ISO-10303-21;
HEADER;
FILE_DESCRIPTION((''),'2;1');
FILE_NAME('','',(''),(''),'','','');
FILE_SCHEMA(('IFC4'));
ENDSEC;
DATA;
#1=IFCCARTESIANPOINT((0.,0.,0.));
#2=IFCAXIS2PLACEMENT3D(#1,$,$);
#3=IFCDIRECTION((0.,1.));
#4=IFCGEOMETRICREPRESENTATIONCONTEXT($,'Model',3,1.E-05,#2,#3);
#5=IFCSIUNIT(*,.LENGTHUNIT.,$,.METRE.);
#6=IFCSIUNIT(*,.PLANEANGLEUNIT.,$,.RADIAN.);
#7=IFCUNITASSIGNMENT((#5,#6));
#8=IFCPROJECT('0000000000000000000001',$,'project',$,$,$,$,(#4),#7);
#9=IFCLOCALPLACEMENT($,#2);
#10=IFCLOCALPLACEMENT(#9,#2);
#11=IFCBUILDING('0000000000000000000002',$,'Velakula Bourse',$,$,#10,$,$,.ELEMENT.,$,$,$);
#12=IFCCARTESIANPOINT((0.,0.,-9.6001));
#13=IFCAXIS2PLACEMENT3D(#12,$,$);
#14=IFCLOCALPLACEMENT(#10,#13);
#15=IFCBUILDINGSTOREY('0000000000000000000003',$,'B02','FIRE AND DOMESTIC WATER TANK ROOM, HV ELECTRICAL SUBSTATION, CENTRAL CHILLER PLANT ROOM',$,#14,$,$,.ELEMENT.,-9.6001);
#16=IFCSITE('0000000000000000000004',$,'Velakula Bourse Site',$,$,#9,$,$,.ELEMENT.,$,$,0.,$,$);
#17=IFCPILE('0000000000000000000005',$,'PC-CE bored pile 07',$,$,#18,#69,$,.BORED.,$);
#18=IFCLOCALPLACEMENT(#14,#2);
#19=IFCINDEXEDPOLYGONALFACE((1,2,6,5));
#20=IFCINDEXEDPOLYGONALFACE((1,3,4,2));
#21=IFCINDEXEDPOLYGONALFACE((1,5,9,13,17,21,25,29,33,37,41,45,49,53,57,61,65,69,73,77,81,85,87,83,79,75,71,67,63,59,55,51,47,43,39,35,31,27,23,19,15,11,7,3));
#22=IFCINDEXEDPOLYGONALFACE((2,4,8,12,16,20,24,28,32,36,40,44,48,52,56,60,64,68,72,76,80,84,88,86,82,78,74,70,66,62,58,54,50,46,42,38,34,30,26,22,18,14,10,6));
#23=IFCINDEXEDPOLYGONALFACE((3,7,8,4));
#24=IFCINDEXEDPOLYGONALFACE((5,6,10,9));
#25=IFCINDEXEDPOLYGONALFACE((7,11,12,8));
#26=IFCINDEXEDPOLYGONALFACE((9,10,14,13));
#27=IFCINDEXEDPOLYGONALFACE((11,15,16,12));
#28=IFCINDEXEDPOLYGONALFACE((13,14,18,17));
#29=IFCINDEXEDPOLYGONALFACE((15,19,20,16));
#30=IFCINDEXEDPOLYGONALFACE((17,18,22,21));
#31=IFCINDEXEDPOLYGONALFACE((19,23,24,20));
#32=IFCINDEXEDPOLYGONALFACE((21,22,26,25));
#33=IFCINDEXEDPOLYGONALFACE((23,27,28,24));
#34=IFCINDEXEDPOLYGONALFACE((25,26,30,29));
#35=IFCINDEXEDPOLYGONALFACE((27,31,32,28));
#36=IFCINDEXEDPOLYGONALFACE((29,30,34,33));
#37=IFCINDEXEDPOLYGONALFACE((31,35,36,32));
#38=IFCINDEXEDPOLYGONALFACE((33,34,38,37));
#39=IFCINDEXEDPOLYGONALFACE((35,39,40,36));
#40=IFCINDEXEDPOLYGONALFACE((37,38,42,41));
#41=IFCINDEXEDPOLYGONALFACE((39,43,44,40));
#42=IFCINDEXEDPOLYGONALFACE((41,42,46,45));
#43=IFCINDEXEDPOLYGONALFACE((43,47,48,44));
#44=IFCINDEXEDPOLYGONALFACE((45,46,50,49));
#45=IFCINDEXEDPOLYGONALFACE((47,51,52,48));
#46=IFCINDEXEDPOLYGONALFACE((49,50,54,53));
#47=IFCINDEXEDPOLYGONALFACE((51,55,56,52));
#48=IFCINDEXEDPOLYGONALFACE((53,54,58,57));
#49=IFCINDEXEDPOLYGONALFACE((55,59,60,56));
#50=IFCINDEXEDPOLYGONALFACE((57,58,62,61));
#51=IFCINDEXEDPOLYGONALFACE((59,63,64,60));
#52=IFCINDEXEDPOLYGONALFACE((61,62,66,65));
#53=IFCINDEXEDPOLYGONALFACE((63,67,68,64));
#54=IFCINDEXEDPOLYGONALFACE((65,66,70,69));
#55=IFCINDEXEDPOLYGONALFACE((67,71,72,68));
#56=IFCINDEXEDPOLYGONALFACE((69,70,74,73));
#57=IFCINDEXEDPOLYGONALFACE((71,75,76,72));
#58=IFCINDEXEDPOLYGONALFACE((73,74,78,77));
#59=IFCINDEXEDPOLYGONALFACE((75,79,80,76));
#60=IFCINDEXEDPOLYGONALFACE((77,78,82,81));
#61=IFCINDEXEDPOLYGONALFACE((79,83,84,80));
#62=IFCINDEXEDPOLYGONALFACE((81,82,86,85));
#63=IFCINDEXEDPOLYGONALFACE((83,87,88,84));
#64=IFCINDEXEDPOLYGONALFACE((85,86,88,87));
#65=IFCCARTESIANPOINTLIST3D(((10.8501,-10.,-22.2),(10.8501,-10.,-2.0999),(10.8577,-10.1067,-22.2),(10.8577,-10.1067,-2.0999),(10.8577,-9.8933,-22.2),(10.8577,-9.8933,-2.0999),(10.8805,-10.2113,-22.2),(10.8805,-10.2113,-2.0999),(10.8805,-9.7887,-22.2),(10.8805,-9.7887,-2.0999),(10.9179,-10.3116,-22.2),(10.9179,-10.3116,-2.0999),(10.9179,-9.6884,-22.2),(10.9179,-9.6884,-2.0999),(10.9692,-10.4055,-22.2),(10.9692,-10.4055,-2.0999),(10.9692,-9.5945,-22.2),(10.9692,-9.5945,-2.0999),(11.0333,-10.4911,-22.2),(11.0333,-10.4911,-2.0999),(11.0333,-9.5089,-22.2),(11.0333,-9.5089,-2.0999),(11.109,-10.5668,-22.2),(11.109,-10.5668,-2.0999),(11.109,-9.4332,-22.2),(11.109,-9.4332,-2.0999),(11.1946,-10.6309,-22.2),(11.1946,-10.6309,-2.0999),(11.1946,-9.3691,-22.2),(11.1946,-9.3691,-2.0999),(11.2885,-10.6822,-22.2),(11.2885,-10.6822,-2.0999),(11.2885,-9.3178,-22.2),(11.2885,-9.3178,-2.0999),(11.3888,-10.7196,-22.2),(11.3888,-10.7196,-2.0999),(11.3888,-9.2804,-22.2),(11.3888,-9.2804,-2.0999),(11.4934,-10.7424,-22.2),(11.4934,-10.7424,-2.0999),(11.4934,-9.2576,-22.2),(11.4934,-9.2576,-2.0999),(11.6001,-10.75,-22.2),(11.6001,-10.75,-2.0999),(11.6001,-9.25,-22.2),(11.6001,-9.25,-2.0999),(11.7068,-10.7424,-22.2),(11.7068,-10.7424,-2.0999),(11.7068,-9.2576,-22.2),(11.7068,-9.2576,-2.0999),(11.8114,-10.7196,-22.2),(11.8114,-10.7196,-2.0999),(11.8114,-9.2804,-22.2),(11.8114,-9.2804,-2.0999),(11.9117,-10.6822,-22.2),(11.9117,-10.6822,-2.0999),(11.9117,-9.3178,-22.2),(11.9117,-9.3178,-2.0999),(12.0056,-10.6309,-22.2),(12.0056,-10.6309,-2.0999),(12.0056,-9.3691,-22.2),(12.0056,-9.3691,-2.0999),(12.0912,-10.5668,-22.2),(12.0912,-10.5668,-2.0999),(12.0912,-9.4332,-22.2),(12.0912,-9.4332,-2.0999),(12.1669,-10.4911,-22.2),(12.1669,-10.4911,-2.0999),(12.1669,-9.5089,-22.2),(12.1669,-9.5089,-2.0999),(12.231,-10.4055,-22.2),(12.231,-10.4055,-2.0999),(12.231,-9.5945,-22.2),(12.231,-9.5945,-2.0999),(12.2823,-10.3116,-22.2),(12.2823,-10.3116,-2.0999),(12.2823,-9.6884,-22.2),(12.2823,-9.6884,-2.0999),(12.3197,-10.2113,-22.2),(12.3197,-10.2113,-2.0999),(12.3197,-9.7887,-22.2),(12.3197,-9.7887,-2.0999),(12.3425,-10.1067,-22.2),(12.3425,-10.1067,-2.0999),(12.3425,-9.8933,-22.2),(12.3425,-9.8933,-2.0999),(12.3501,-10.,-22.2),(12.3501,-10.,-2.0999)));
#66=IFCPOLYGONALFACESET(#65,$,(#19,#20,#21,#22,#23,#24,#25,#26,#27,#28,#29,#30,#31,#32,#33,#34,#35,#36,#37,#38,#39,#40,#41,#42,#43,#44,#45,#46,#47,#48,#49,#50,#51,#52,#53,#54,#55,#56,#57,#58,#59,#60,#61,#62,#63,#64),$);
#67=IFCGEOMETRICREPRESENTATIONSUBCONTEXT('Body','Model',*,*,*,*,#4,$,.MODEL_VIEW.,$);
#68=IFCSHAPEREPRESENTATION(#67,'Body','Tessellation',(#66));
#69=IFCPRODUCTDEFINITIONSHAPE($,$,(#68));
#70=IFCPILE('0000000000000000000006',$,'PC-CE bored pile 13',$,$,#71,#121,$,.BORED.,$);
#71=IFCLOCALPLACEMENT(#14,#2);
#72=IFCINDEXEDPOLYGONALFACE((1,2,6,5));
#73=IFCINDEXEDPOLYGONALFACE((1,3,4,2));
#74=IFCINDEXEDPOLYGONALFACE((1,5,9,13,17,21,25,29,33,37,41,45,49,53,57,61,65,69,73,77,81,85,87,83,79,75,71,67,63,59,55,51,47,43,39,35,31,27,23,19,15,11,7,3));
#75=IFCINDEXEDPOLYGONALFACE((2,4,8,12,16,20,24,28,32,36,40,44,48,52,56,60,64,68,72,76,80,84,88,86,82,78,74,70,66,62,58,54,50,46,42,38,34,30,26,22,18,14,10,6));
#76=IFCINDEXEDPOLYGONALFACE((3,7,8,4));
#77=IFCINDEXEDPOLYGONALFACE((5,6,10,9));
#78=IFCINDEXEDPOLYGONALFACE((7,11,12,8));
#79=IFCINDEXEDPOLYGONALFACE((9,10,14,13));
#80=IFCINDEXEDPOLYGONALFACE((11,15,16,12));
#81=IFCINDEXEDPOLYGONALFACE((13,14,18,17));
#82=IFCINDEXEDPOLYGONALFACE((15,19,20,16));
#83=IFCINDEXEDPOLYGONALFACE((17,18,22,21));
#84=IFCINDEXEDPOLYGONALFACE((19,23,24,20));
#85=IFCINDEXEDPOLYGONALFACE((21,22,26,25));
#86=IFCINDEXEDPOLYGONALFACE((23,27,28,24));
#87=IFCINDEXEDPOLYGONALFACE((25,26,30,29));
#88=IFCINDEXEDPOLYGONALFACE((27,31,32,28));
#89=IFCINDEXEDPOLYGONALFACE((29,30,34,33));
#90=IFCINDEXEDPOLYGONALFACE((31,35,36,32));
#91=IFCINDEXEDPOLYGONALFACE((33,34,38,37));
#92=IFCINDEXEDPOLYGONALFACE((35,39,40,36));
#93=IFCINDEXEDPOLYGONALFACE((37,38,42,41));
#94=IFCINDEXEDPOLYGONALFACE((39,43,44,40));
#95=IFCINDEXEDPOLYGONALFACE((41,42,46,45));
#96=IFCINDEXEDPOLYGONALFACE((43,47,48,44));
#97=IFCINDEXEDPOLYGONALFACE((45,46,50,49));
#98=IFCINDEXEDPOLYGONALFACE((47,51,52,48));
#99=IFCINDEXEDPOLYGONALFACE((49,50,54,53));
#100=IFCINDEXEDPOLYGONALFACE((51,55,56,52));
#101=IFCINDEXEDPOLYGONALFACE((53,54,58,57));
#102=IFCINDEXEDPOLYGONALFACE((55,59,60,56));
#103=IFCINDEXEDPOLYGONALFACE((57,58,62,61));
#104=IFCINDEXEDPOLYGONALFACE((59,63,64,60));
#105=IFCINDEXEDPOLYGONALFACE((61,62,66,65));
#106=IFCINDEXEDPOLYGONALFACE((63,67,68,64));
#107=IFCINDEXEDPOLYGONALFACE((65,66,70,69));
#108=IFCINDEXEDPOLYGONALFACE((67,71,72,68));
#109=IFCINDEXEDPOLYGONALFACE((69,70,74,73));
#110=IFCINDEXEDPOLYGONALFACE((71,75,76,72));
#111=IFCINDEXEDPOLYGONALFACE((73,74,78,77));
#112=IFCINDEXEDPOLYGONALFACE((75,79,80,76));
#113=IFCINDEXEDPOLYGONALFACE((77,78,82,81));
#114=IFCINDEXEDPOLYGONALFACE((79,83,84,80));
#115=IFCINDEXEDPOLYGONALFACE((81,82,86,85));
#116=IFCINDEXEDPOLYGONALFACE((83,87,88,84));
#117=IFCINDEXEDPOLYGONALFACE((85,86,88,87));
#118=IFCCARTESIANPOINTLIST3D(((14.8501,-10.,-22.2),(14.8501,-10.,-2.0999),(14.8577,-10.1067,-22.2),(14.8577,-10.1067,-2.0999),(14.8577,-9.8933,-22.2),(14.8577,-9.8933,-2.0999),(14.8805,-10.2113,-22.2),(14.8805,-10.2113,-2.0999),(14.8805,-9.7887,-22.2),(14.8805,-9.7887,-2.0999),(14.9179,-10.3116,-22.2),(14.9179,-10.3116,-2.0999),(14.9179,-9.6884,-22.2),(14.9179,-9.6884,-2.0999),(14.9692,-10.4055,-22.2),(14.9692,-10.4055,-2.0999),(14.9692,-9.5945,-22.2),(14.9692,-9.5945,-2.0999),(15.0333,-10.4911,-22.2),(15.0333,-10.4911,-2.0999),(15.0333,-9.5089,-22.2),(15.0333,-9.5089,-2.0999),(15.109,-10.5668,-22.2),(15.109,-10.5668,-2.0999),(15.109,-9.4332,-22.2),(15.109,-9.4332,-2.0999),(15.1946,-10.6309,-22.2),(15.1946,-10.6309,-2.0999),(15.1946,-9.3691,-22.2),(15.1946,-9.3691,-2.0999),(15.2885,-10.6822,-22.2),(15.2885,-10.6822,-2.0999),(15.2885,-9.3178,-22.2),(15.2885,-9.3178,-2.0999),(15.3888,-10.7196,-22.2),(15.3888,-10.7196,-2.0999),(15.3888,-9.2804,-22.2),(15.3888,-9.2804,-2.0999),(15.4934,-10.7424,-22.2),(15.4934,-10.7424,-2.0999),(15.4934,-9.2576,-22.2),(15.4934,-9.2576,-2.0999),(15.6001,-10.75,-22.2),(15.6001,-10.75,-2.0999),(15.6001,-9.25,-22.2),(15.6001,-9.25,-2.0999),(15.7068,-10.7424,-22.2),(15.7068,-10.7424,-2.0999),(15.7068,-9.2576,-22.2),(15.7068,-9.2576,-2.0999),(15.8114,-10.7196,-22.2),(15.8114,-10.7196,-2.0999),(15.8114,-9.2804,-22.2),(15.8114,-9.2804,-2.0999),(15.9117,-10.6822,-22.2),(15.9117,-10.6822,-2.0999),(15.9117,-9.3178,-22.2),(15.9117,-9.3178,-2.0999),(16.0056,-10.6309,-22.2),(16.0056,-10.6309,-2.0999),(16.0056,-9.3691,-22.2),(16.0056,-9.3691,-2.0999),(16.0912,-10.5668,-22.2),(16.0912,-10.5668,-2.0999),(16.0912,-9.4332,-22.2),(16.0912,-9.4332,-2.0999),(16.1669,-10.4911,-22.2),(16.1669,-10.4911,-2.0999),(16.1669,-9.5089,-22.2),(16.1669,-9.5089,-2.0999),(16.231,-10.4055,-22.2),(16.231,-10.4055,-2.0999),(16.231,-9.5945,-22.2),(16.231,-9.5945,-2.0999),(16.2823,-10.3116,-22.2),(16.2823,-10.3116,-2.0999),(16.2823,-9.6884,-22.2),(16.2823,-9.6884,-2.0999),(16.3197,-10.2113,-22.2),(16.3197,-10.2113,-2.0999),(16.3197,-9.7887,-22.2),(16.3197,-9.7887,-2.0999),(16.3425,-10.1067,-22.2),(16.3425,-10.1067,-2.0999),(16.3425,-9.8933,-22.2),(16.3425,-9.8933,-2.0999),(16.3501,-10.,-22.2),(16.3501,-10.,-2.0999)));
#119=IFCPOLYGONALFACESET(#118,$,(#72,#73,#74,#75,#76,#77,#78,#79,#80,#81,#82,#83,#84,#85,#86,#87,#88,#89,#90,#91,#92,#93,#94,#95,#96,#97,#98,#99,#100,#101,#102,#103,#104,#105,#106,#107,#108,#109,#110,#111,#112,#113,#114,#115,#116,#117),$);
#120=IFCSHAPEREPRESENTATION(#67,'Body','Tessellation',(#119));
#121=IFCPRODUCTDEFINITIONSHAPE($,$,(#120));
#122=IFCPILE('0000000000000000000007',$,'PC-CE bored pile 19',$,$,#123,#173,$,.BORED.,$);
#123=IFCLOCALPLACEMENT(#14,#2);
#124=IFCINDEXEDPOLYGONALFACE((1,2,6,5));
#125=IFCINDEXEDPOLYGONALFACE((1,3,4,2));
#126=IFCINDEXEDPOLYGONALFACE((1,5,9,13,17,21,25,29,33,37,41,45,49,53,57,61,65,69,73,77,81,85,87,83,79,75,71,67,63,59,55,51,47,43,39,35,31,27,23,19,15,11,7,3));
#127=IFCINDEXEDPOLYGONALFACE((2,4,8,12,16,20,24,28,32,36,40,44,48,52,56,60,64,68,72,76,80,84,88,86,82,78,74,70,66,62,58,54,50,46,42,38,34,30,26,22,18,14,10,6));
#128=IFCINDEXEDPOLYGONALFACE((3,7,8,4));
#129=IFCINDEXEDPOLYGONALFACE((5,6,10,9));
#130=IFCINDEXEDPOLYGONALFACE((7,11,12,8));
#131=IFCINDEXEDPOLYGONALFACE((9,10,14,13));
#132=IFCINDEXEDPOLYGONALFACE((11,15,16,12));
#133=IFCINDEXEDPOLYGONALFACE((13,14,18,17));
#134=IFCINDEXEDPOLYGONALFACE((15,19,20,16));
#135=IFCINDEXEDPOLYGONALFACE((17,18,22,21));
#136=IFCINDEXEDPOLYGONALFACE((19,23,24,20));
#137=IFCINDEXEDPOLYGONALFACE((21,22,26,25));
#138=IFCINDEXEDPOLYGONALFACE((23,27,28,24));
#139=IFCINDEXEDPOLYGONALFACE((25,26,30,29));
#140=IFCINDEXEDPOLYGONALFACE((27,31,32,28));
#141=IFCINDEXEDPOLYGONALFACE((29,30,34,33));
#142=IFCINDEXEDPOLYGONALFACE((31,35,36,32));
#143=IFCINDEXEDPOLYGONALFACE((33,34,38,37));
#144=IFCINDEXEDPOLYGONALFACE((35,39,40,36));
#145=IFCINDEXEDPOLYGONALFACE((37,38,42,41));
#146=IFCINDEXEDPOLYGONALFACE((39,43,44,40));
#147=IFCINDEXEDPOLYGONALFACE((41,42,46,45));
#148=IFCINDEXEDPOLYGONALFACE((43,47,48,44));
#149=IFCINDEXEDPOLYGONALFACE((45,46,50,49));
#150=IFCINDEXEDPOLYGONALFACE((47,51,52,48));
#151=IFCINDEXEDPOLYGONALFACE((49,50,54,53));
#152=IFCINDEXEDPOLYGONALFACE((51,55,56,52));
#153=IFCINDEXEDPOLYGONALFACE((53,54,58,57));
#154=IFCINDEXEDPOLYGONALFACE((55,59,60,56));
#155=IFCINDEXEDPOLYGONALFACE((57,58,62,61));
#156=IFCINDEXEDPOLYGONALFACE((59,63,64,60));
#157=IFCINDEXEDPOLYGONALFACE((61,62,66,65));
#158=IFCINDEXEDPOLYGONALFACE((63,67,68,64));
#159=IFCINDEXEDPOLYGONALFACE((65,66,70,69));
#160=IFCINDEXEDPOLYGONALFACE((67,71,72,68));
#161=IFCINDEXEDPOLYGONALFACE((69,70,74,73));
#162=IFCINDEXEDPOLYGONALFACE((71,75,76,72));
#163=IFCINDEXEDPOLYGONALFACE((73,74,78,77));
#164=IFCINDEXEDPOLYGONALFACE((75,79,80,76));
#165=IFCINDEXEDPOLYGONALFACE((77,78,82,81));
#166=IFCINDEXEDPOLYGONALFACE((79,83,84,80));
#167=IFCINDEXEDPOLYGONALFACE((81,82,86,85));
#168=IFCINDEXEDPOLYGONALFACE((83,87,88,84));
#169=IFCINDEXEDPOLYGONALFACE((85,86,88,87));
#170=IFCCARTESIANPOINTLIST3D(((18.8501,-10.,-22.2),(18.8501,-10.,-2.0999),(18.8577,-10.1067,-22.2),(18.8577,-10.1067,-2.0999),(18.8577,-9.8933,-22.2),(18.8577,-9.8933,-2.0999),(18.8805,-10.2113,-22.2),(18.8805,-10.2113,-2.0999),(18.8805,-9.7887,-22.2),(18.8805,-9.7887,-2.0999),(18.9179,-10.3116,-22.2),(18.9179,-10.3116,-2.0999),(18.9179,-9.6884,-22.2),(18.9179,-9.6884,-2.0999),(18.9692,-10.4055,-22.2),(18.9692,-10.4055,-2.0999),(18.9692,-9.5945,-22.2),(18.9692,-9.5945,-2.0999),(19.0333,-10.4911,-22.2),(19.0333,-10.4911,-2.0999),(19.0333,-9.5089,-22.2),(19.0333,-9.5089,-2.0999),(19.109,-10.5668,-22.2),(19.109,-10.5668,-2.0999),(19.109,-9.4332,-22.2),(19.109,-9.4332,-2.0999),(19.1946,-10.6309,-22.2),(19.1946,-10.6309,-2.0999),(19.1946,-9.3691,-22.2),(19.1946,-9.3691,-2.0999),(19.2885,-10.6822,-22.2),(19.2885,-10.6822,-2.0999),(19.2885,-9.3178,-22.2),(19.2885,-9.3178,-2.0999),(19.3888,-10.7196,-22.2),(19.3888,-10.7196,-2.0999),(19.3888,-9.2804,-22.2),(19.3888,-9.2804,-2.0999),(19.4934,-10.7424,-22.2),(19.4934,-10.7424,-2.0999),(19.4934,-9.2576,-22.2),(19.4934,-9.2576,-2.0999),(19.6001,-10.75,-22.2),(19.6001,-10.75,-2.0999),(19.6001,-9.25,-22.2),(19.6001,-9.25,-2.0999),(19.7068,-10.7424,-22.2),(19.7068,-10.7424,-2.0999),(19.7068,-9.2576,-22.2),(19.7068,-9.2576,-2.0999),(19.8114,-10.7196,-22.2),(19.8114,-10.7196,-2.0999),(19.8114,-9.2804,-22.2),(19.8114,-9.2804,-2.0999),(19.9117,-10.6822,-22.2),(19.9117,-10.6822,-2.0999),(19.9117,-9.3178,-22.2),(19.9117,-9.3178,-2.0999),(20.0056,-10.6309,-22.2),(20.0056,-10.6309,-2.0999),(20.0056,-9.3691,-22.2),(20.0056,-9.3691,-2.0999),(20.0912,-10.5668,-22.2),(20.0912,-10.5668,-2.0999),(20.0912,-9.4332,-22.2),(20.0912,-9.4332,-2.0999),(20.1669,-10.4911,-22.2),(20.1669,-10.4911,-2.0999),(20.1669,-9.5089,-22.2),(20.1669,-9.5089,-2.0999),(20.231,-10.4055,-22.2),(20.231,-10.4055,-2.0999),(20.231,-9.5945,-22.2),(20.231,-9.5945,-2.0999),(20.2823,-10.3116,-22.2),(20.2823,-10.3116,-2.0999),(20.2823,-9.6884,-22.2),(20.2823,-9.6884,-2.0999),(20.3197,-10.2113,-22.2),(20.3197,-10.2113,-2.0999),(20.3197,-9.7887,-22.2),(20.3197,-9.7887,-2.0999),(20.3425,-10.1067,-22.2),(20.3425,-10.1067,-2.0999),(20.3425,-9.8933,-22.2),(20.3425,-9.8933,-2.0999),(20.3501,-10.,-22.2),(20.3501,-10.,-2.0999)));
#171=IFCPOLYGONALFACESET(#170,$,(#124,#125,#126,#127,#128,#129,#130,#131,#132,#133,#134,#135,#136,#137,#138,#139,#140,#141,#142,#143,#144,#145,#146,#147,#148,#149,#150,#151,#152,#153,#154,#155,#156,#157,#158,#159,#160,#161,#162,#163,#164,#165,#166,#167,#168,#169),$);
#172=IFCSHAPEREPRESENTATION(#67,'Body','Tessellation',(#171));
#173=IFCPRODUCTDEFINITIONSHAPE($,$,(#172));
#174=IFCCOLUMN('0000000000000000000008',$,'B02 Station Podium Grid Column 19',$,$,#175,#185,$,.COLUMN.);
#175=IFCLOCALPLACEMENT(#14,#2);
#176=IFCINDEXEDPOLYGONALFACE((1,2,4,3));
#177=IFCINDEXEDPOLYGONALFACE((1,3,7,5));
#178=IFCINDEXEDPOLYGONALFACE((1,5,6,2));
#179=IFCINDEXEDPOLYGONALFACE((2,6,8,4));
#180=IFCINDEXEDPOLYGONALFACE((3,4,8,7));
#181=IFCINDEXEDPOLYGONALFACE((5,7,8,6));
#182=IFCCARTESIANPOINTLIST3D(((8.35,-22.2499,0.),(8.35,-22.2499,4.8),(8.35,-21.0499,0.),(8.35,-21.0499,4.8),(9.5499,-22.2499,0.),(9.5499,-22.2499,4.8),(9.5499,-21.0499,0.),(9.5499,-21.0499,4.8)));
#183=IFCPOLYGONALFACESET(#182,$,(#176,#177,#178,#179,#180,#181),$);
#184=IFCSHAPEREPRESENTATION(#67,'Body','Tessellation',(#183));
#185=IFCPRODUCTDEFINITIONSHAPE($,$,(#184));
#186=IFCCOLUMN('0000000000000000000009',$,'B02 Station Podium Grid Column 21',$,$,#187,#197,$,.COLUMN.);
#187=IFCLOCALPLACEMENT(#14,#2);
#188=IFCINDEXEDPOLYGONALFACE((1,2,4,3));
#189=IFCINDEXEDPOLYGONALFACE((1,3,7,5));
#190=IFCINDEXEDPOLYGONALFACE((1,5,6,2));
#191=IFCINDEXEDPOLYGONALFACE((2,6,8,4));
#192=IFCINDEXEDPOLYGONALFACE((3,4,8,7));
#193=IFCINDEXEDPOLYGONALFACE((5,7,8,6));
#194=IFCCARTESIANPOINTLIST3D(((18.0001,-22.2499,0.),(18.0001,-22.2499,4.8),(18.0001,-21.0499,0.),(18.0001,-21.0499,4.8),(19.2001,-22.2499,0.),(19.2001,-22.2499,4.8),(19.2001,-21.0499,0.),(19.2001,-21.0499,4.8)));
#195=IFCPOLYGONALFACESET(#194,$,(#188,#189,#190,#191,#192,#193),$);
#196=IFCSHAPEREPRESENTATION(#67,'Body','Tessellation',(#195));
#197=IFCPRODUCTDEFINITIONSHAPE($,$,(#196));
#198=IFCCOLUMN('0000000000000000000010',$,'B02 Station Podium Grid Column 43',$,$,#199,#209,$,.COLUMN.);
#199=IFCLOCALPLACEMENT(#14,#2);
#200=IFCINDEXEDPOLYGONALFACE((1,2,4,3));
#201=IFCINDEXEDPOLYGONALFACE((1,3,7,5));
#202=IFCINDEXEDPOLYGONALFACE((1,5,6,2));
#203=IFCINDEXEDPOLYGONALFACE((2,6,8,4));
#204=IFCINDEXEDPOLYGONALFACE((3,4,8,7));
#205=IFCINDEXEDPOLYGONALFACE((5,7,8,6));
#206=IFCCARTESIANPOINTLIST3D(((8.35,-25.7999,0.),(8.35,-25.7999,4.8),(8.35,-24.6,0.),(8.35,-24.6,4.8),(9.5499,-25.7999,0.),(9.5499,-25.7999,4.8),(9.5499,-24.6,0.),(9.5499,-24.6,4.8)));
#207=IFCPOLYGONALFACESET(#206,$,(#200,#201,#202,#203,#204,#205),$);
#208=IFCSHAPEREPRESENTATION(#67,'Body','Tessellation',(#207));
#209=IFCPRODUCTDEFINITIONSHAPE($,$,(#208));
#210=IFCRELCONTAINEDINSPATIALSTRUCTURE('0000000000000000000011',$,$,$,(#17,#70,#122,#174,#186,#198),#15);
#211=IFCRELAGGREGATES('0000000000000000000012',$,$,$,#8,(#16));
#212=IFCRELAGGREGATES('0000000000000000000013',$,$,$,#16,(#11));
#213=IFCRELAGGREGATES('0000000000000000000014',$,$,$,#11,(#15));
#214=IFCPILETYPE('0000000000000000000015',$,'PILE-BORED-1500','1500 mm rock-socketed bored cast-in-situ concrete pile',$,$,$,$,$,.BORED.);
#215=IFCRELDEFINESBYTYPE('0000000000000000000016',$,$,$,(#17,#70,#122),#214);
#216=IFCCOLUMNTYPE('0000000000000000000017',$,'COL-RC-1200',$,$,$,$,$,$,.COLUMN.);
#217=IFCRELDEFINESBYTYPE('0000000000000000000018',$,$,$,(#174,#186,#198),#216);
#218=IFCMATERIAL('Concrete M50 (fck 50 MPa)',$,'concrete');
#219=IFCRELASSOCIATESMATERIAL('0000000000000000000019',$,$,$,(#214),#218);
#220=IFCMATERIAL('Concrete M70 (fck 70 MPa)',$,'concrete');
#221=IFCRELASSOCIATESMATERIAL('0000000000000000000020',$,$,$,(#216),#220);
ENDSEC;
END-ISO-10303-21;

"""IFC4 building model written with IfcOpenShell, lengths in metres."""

from ifc_helpers import new_model, si_unit, direction, frame, origin, origin_2d, place, context, subcontext, project, spatial, rectangle, circle, extrude, material, material_profile, profile_set, type_object, element, save


model = new_model("IFC4")

# Units and contexts
model_context = context("Model", 3, precision=1e-05, world=origin(), true_north=direction((0.0, 1.0)))
body_context = subcontext(model_context, "Body", "Model", "MODEL_VIEW")
ifc_project = project(units=[si_unit("LENGTHUNIT", "METRE"), si_unit("PLANEANGLEUNIT", "RADIAN")], contexts=[model_context])

# Site, building, storey
site_placement = place(None, origin())
site = spatial("IfcSite", under=ifc_project, at=site_placement, Name="Velakula Bourse Site", CompositionType="ELEMENT", RefElevation=0.0)
building_placement = place(site_placement, origin())
building = spatial("IfcBuilding", under=site, at=building_placement, Name="Velakula Bourse", CompositionType="ELEMENT")
storey_placement = place(building_placement, frame((0.0, 0.0, -9.6001)))
storey = spatial("IfcBuildingStorey", under=building, at=storey_placement, Name="B02", Description="FIRE AND DOMESTIC WATER TANK ROOM, HV ELECTRICAL SUBSTATION, CENTRAL CHILLER PLANT ROOM", CompositionType="ELEMENT", Elevation=-9.6001)

# Shared definitions
ifc_material_1 = material(Name="Concrete M70 (fck 70 MPa)", Category="concrete")
ifc_material_2 = material(Name="Concrete M50 (fck 50 MPa)", Category="concrete")

# Piles
ifc_material_profile_1 = material_profile(ifc_material_2, circle(Radius=0.75, at=origin_2d()), Name="Concrete M50 (fck 50 MPa)")
ifc_profile_set_1 = profile_set([ifc_material_profile_1], Name="Concrete M50 (fck 50 MPa)")
pile_type_1 = type_object("IfcPileType", Name="PILE-BORED-1500", Description="1500 mm rock-socketed bored cast-in-situ concrete pile", PredefinedType="BORED", material=ifc_profile_set_1)
for number, where, z_axis, x_axis, name in (
    (1, (11.6001, -10.0, -2.0999), (0.0, 0.0, -1.0), (1.0, 0.0, 0.0), "PC-CE bored pile 07"),
    (2, (15.6001, -10.0, -2.0999), (0.0, 0.0, -1.0), (1.0, 0.0, 0.0), "PC-CE bored pile 13"),
    (3, (19.6001, -10.0, -2.0999), (0.0, 0.0, -1.0), (1.0, 0.0, 0.0), "PC-CE bored pile 19"),
):
    element("IfcPile", number, at=place(storey_placement, frame(where, z_axis=z_axis, x_axis=x_axis)), inside=storey, type_object=pile_type_1, Name=name, PredefinedType="BORED", context=body_context, shape_type="SweptSolid", body=[
        extrude(circle(Radius=0.75, at=origin_2d()), origin(), (0.0, 0.0, 1.0), 20.1001),
    ])

# Columns
ifc_material_profile_2 = material_profile(ifc_material_1, rectangle(XDim=1.2, YDim=1.2, at=origin_2d()), Name="Concrete M70 (fck 70 MPa)")
ifc_profile_set_2 = profile_set([ifc_material_profile_2], Name="Concrete M70 (fck 70 MPa)")
column_type_1 = type_object("IfcColumnType", Name="COL-RC-1200", PredefinedType="COLUMN", material=ifc_profile_set_2)
for number, where, z_axis, x_axis, name in (
    (4, (8.95, -21.6499, 0.0), (0.0, 0.0, 1.0), (1.0, 0.0, 0.0), "B02 Station Podium Grid Column 19"),
    (5, (18.6001, -21.6499, 0.0), (0.0, 0.0, 1.0), (1.0, 0.0, 0.0), "B02 Station Podium Grid Column 21"),
    (6, (8.95, -25.2, 0.0), (0.0, 0.0, 1.0), (1.0, 0.0, 0.0), "B02 Station Podium Grid Column 43"),
):
    element("IfcColumn", number, at=place(storey_placement, frame(where, z_axis=z_axis, x_axis=x_axis)), inside=storey, type_object=column_type_1, Name=name, PredefinedType="COLUMN", context=body_context, shape_type="SweptSolid", body=[
        extrude(rectangle(XDim=1.2, YDim=1.2, at=origin_2d()), origin(), (0.0, 0.0, 1.0), 4.8),
    ])

save(model, "model.ifc")
